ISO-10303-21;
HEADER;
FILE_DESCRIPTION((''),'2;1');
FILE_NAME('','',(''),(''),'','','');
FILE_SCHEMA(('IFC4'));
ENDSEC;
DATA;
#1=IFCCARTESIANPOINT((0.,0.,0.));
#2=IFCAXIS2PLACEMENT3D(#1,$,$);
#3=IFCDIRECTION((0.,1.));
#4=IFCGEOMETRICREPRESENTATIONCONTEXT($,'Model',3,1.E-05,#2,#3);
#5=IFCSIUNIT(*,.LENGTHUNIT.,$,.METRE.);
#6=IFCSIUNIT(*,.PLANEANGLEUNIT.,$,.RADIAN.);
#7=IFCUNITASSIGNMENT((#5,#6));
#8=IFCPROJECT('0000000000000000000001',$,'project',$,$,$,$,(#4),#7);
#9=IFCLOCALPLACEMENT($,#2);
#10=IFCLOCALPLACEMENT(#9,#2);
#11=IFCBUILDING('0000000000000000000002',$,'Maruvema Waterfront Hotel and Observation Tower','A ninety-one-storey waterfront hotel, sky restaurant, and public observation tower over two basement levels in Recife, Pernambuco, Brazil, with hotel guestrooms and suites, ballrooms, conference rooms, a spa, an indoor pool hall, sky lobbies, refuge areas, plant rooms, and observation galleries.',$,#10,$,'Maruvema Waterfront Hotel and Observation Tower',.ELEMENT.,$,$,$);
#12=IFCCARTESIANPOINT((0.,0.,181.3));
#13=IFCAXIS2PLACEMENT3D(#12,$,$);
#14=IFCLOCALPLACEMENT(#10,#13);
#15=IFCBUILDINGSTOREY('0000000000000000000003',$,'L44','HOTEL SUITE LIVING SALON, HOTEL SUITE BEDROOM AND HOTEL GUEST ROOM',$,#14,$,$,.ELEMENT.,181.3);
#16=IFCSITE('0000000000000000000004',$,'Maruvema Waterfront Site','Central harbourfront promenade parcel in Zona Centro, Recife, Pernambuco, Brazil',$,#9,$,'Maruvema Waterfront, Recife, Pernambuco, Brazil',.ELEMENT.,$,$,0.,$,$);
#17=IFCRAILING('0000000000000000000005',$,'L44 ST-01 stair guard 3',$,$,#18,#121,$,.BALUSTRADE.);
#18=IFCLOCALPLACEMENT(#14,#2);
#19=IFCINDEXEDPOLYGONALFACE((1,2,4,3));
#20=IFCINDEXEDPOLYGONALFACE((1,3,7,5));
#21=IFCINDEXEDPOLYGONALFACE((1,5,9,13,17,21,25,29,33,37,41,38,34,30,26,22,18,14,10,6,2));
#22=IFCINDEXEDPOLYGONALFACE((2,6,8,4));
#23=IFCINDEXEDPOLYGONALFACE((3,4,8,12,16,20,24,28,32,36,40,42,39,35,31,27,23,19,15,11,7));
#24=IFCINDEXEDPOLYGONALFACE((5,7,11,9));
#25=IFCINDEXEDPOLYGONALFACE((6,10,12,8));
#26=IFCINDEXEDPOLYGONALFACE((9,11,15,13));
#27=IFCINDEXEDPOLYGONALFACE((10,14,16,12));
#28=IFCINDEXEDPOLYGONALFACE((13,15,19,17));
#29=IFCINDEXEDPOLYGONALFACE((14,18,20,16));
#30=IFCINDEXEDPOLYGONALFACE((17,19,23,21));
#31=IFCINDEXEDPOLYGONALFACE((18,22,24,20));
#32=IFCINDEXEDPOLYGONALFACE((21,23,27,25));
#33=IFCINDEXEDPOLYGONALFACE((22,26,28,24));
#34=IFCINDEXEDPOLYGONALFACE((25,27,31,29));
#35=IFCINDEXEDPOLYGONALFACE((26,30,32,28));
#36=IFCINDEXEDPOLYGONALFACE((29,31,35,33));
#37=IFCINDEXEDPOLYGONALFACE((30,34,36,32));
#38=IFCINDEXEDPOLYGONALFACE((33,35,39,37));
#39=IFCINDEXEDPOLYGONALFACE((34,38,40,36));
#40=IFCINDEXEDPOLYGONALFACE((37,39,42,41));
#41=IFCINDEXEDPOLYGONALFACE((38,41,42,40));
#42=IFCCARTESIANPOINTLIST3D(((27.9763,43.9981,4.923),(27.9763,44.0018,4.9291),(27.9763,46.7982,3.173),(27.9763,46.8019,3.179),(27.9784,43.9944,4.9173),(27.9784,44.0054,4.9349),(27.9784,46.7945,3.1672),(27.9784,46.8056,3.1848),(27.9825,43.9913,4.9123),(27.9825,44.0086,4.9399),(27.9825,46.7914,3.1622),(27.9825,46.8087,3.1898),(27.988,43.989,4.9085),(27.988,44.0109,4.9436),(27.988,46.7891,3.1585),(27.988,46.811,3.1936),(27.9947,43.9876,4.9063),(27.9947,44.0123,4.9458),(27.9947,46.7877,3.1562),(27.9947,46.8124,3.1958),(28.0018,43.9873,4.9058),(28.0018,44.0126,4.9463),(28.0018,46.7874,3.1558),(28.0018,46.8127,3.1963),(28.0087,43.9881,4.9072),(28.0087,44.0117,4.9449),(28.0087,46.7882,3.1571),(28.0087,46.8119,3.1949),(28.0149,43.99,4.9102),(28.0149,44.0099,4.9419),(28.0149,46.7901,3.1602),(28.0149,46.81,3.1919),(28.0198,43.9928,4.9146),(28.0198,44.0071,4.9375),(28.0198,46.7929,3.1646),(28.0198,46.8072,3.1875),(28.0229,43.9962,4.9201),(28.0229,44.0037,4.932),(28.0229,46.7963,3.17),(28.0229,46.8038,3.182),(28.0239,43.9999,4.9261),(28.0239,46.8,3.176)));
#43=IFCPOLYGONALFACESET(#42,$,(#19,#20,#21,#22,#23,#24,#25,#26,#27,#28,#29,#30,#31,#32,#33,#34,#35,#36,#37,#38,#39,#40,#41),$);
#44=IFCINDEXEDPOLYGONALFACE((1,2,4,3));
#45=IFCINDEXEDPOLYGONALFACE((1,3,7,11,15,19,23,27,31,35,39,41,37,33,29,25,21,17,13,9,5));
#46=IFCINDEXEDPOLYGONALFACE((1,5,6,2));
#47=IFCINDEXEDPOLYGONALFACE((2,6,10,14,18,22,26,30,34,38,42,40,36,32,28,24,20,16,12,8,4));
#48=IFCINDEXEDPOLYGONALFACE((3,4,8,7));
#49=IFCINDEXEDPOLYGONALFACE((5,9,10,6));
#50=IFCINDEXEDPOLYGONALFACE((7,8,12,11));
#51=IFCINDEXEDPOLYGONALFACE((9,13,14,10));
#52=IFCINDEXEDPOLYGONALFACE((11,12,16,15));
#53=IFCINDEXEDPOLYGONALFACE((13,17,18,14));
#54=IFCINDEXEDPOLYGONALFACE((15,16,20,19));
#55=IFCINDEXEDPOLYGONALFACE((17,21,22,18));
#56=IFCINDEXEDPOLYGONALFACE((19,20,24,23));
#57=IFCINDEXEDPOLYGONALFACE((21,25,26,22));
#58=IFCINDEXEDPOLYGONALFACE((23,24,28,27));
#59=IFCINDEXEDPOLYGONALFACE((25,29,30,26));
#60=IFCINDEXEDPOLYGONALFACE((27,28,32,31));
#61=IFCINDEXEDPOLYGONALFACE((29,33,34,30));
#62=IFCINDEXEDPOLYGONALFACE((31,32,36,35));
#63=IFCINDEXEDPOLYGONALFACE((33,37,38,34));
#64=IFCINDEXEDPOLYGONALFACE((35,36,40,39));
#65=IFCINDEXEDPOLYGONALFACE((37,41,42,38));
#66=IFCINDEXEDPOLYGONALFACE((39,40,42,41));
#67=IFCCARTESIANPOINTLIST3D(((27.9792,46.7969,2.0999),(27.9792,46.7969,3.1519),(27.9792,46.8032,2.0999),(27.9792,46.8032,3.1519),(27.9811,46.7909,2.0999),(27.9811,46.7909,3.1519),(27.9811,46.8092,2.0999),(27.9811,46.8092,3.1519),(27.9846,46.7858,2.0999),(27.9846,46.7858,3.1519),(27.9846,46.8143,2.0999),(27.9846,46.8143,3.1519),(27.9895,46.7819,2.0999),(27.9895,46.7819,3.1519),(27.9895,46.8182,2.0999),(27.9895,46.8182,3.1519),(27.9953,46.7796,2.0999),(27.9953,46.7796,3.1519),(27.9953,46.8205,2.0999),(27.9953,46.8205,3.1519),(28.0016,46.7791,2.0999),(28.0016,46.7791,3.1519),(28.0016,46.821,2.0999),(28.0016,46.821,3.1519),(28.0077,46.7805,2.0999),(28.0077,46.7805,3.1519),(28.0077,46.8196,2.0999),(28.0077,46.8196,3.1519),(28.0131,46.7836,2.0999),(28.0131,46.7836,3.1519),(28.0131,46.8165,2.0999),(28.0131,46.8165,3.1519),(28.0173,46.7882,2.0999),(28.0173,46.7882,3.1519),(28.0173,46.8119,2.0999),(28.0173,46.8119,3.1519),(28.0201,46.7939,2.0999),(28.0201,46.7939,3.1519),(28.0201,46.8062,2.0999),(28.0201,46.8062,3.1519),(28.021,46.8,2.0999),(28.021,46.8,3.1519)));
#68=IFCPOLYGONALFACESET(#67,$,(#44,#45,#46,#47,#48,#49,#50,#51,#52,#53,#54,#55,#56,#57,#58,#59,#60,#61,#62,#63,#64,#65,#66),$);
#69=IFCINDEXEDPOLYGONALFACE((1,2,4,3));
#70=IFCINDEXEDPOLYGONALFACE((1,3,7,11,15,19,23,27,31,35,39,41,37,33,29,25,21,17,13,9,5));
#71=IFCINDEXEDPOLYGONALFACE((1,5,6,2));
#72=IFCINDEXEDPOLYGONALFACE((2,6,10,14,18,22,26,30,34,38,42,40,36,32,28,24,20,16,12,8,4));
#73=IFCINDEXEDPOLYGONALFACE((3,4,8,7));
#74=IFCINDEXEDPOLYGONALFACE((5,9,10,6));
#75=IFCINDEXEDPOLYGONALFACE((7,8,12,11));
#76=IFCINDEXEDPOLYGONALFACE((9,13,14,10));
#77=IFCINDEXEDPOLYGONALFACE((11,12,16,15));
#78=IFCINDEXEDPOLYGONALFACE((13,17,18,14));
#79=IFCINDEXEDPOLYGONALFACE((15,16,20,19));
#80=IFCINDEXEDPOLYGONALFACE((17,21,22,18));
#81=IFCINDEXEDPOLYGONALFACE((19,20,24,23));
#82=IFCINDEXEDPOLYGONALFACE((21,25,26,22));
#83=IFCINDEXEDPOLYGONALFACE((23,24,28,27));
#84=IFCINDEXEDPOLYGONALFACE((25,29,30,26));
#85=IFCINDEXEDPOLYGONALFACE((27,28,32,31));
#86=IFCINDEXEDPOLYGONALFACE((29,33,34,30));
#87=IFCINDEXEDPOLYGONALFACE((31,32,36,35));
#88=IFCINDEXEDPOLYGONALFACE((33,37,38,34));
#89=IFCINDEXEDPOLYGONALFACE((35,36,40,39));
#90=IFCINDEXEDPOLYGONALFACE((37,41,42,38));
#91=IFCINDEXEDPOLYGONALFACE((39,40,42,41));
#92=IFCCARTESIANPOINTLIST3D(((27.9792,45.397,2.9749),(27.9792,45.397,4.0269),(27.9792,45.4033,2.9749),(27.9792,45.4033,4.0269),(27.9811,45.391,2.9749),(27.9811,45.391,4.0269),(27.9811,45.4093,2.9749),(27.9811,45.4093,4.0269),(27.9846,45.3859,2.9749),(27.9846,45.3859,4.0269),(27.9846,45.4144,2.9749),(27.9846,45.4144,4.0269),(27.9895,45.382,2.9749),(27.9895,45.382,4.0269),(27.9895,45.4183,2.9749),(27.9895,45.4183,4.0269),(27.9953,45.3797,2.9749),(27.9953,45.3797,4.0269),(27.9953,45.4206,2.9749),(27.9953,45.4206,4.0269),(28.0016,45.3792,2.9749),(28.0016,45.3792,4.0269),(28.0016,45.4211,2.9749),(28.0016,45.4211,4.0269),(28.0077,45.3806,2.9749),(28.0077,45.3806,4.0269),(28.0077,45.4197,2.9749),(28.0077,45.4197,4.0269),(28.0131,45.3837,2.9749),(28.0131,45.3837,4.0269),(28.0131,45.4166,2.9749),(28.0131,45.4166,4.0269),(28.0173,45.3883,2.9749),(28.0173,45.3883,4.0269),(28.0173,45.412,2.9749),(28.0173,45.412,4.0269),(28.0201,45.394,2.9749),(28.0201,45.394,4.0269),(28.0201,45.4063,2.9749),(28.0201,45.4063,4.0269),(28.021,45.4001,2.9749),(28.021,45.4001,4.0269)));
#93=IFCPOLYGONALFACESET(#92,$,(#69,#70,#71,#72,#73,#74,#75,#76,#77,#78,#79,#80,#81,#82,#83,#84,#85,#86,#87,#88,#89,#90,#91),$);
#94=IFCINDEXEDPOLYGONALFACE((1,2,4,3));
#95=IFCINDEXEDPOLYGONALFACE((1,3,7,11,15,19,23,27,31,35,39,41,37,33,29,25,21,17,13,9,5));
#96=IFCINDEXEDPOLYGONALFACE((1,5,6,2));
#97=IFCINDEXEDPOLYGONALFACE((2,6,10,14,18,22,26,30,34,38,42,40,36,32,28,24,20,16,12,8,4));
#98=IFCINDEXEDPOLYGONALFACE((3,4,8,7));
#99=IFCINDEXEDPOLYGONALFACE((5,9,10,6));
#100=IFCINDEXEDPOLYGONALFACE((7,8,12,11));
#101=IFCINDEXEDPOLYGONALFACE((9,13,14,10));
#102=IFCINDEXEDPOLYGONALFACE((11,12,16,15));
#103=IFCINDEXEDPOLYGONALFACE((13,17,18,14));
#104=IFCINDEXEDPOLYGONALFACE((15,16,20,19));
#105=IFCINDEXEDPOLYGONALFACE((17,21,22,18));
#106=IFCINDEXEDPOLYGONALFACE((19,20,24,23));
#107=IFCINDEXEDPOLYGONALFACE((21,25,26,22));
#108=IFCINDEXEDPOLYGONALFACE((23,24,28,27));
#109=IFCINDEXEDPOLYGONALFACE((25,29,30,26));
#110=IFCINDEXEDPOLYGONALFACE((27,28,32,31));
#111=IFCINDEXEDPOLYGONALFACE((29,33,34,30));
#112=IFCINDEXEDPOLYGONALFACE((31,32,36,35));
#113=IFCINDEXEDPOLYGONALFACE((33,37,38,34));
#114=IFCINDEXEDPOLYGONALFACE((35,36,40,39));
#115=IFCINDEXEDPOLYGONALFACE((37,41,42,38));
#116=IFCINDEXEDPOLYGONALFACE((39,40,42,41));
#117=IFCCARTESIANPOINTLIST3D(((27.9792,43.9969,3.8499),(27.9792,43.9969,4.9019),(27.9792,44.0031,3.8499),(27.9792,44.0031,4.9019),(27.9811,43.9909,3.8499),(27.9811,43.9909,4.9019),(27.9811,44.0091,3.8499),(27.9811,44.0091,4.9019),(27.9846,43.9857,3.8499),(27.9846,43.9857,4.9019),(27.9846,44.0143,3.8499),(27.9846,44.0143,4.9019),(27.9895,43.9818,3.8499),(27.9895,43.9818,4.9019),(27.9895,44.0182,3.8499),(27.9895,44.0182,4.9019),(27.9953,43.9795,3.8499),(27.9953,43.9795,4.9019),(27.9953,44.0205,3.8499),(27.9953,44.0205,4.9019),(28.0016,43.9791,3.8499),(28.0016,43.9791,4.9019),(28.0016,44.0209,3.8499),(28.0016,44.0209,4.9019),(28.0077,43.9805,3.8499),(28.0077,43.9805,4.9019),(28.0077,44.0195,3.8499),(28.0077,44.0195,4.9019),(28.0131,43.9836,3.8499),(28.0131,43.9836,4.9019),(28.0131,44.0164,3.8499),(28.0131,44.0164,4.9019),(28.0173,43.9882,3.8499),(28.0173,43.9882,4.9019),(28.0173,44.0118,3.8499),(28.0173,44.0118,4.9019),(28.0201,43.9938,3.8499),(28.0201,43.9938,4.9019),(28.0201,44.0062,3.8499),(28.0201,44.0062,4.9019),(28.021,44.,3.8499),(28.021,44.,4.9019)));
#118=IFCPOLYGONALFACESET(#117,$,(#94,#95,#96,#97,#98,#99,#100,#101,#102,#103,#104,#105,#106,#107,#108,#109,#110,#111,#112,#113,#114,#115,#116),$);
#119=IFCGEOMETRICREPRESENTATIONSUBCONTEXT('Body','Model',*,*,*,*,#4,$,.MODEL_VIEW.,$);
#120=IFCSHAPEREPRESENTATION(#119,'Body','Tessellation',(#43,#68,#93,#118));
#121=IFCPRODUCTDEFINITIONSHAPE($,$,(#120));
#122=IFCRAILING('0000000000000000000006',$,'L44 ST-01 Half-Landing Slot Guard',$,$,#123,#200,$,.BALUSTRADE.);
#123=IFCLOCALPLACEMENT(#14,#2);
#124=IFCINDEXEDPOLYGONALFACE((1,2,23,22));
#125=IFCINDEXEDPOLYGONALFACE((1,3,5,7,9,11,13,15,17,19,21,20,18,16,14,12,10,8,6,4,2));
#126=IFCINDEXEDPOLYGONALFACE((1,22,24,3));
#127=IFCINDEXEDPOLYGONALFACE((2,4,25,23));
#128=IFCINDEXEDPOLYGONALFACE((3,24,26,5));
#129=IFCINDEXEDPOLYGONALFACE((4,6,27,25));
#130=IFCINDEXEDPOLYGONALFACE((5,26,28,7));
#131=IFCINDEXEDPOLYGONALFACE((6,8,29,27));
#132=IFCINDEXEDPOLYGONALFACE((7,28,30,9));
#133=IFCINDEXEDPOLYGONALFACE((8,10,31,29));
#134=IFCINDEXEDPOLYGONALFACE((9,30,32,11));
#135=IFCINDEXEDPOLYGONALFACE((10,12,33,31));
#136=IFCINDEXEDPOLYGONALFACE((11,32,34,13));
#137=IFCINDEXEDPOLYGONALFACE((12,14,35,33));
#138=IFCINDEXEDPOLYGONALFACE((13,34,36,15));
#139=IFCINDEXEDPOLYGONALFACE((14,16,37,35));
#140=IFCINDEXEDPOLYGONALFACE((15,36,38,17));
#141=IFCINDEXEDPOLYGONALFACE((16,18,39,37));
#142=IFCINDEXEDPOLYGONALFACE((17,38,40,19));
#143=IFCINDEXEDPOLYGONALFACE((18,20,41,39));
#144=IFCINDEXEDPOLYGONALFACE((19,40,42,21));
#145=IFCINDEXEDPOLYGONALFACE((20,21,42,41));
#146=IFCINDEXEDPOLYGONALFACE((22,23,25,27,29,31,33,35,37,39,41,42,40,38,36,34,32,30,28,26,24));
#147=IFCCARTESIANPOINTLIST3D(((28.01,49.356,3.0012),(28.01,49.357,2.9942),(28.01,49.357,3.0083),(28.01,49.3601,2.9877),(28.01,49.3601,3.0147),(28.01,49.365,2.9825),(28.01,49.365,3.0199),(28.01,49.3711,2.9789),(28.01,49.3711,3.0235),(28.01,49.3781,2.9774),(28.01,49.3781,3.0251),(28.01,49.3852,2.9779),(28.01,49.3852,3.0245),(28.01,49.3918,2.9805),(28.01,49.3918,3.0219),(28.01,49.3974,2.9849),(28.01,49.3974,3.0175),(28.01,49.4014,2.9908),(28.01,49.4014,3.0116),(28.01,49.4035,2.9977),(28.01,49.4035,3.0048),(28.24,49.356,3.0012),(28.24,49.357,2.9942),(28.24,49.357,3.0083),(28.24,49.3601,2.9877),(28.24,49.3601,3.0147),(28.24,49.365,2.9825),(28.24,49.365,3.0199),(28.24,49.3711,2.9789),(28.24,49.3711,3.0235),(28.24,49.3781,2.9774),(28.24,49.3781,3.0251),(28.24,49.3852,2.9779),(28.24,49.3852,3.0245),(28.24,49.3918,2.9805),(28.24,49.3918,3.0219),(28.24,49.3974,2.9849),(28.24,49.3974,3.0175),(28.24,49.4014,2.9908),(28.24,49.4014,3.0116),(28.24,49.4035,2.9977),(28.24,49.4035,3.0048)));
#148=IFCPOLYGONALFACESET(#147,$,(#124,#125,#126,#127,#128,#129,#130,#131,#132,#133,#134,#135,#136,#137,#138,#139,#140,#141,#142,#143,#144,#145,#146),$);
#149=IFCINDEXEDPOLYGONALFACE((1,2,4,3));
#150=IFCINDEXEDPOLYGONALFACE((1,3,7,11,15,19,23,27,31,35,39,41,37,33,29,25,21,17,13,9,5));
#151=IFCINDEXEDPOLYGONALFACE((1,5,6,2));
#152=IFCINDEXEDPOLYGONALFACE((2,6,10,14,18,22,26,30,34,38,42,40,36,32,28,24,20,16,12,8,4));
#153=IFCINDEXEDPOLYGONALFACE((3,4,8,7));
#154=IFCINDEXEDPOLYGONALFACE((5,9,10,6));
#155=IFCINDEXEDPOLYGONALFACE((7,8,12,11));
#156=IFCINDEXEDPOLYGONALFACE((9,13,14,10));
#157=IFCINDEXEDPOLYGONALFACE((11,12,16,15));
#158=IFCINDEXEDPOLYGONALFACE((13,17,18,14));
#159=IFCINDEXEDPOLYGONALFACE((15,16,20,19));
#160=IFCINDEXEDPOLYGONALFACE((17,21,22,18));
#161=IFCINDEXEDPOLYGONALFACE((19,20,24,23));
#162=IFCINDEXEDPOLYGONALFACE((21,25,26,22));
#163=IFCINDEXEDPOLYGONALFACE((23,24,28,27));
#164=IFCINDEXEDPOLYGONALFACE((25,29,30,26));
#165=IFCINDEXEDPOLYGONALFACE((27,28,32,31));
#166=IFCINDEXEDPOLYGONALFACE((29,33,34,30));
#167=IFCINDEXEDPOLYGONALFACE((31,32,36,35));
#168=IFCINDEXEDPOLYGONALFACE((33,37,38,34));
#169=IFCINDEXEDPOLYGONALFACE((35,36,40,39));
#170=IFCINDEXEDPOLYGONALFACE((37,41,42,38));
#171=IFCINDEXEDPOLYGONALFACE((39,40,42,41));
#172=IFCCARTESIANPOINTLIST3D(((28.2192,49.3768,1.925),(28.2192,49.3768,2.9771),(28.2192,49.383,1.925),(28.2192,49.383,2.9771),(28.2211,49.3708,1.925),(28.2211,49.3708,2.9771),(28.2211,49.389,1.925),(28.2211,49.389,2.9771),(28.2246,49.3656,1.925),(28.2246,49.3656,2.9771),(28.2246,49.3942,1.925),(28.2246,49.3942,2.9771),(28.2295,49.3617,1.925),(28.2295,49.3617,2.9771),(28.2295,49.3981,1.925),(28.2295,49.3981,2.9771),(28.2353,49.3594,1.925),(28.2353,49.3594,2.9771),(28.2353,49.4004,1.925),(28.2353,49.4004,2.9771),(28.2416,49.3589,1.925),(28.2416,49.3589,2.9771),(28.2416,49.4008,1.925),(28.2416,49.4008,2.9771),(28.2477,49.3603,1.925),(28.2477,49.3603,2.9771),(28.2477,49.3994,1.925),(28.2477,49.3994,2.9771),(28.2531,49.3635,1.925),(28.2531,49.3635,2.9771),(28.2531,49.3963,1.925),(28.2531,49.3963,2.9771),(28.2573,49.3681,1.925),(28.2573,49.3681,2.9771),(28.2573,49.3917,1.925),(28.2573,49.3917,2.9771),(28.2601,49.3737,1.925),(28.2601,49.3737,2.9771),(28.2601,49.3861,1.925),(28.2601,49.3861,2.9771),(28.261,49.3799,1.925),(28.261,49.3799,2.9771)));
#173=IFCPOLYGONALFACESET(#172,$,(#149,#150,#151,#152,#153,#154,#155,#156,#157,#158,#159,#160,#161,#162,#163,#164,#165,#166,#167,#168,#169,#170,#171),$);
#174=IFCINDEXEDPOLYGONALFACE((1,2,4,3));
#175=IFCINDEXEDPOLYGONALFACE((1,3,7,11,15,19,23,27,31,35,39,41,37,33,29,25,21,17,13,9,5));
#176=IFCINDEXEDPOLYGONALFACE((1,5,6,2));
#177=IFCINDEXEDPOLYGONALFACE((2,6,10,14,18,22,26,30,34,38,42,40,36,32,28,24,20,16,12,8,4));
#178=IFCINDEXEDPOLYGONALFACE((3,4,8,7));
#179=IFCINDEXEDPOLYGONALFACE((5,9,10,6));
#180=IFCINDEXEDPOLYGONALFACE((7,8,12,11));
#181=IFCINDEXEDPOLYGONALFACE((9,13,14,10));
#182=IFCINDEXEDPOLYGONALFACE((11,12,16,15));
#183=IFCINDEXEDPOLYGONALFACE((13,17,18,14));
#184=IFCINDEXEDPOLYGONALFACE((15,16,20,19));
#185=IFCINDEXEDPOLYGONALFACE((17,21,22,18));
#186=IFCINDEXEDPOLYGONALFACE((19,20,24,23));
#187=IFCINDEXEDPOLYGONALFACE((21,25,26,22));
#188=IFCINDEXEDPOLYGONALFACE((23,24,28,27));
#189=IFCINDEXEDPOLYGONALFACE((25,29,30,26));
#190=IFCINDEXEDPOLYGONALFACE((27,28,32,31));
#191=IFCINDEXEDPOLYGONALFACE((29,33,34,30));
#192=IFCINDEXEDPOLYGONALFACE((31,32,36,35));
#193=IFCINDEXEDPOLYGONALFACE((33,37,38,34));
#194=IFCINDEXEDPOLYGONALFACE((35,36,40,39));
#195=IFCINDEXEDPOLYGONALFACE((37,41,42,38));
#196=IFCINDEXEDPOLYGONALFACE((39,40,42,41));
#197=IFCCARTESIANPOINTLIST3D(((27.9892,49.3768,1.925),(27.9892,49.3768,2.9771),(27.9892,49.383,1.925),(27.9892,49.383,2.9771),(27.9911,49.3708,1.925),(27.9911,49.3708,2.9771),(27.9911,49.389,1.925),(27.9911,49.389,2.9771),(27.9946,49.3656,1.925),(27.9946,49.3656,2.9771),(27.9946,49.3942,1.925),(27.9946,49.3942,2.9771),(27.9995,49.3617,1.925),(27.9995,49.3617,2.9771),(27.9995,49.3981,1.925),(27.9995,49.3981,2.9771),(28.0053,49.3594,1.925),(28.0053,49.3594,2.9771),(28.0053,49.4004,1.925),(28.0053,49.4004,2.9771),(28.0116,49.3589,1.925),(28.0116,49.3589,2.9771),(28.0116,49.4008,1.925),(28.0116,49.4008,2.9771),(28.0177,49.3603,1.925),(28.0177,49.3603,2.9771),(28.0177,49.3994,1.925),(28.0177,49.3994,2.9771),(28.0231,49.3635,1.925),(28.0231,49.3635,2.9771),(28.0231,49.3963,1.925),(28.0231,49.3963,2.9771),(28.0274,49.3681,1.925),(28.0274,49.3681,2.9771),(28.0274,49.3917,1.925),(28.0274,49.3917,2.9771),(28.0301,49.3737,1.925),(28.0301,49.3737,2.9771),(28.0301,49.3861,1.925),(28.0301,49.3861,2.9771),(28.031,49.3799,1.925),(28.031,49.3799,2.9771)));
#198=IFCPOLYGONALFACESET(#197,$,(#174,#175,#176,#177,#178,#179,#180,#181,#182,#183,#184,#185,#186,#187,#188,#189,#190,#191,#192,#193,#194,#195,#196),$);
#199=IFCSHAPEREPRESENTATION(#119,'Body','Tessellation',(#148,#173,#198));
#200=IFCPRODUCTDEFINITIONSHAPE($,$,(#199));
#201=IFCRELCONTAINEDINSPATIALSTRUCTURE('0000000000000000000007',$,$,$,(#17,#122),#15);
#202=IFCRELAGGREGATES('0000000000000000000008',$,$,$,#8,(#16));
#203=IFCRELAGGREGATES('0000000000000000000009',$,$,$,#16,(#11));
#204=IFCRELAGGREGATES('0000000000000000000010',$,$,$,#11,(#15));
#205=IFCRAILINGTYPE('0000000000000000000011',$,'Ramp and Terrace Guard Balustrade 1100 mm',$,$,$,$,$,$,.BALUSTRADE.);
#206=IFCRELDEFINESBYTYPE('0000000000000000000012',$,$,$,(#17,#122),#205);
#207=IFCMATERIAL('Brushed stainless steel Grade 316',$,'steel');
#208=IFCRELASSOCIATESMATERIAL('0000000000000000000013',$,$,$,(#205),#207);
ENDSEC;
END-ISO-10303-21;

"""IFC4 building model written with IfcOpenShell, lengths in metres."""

from ifc_helpers import new_model, si_unit, direction, frame, origin, origin_2d, place, context, subcontext, project, spatial, circle, extrude, material, type_object, element, save


model = new_model("IFC4")

# Units and contexts
model_context = context("Model", 3, precision=1e-05, world=origin(), true_north=direction((0.0, 1.0)))
body_context = subcontext(model_context, "Body", "Model", "MODEL_VIEW")
ifc_project = project(units=[si_unit("LENGTHUNIT", "METRE"), si_unit("PLANEANGLEUNIT", "RADIAN")], contexts=[model_context])

# Site, building, storey
site_placement = place(None, origin())
site = spatial("IfcSite", under=ifc_project, at=site_placement, Name="Maruvema Waterfront Site", Description="Central harbourfront promenade parcel in Zona Centro, Recife, Pernambuco, Brazil", LongName="Maruvema Waterfront, Recife, Pernambuco, Brazil", CompositionType="ELEMENT", RefElevation=0.0)
building_placement = place(site_placement, origin())
building = spatial("IfcBuilding", under=site, at=building_placement, Name="Maruvema Waterfront Hotel and Observation Tower", Description="A ninety-one-storey waterfront hotel, sky restaurant, and public observation tower over two basement levels in Recife, Pernambuco, Brazil, with hotel guestrooms and suites, ballrooms, conference rooms, a spa, an indoor pool hall, sky lobbies, refuge areas, plant rooms, and observation galleries.", LongName="Maruvema Waterfront Hotel and Observation Tower", CompositionType="ELEMENT")
storey_placement = place(building_placement, frame((0.0, 0.0, 181.3)))
storey = spatial("IfcBuildingStorey", under=building, at=storey_placement, Name="L44", Description="HOTEL SUITE LIVING SALON, HOTEL SUITE BEDROOM AND HOTEL GUEST ROOM", CompositionType="ELEMENT", Elevation=181.3)

# Railings
ifc_material_1 = material(Name="Brushed stainless steel Grade 316", Category="steel")
railing_type_1 = type_object("IfcRailingType", Name="Ramp and Terrace Guard Balustrade 1100 mm", PredefinedType="BALUSTRADE", material=ifc_material_1)
railing_1_placement = place(storey_placement, frame((28.0, 46.8, 2.0999)))
element("IfcRailing", 1, at=railing_1_placement, inside=storey, type_object=railing_type_1, Name="L44 ST-01 stair guard 3", PredefinedType="BALUSTRADE", context=body_context, shape_type="SweptSolid", body=[
    extrude(circle(Radius=0.0239, at=origin_2d()), frame((0.0, 0.0, 1.0762), z_axis=(0.0, -0.848002, 0.529992), x_axis=(1.0, 0.0, 0.0)), (0.0, 0.0, 1.0), 3.302),
    extrude(circle(Radius=0.021, at=origin_2d()), origin(), (0.0, 0.0, 1.0), 1.052),
    extrude(circle(Radius=0.021, at=origin_2d()), frame((0.0, -1.3999, 0.875)), (0.0, 0.0, 1.0), 1.052),
    extrude(circle(Radius=0.021, at=origin_2d()), frame((0.0, -2.8, 1.75)), (0.0, 0.0, 1.0), 1.052),
])
railing_2_placement = place(storey_placement, frame((28.24, 49.3799, 1.925)))
element("IfcRailing", 2, at=railing_2_placement, inside=storey, type_object=railing_type_1, Name="L44 ST-01 Half-Landing Slot Guard", PredefinedType="BALUSTRADE", context=body_context, shape_type="SweptSolid", body=[
    extrude(circle(Radius=0.0239, at=origin_2d()), frame((0.0, 0.0, 1.0762), z_axis=(-1.0, 0.0, 0.0), x_axis=(0.0, -1.0, 0.0)), (0.0, 0.0, 1.0), 0.23),
    extrude(circle(Radius=0.021, at=origin_2d()), origin(), (0.0, 0.0, 1.0), 1.052),
    extrude(circle(Radius=0.021, at=origin_2d()), frame((-0.23, 0.0, 0.0)), (0.0, 0.0, 1.0), 1.052),
])

save(model, "model.ifc")
